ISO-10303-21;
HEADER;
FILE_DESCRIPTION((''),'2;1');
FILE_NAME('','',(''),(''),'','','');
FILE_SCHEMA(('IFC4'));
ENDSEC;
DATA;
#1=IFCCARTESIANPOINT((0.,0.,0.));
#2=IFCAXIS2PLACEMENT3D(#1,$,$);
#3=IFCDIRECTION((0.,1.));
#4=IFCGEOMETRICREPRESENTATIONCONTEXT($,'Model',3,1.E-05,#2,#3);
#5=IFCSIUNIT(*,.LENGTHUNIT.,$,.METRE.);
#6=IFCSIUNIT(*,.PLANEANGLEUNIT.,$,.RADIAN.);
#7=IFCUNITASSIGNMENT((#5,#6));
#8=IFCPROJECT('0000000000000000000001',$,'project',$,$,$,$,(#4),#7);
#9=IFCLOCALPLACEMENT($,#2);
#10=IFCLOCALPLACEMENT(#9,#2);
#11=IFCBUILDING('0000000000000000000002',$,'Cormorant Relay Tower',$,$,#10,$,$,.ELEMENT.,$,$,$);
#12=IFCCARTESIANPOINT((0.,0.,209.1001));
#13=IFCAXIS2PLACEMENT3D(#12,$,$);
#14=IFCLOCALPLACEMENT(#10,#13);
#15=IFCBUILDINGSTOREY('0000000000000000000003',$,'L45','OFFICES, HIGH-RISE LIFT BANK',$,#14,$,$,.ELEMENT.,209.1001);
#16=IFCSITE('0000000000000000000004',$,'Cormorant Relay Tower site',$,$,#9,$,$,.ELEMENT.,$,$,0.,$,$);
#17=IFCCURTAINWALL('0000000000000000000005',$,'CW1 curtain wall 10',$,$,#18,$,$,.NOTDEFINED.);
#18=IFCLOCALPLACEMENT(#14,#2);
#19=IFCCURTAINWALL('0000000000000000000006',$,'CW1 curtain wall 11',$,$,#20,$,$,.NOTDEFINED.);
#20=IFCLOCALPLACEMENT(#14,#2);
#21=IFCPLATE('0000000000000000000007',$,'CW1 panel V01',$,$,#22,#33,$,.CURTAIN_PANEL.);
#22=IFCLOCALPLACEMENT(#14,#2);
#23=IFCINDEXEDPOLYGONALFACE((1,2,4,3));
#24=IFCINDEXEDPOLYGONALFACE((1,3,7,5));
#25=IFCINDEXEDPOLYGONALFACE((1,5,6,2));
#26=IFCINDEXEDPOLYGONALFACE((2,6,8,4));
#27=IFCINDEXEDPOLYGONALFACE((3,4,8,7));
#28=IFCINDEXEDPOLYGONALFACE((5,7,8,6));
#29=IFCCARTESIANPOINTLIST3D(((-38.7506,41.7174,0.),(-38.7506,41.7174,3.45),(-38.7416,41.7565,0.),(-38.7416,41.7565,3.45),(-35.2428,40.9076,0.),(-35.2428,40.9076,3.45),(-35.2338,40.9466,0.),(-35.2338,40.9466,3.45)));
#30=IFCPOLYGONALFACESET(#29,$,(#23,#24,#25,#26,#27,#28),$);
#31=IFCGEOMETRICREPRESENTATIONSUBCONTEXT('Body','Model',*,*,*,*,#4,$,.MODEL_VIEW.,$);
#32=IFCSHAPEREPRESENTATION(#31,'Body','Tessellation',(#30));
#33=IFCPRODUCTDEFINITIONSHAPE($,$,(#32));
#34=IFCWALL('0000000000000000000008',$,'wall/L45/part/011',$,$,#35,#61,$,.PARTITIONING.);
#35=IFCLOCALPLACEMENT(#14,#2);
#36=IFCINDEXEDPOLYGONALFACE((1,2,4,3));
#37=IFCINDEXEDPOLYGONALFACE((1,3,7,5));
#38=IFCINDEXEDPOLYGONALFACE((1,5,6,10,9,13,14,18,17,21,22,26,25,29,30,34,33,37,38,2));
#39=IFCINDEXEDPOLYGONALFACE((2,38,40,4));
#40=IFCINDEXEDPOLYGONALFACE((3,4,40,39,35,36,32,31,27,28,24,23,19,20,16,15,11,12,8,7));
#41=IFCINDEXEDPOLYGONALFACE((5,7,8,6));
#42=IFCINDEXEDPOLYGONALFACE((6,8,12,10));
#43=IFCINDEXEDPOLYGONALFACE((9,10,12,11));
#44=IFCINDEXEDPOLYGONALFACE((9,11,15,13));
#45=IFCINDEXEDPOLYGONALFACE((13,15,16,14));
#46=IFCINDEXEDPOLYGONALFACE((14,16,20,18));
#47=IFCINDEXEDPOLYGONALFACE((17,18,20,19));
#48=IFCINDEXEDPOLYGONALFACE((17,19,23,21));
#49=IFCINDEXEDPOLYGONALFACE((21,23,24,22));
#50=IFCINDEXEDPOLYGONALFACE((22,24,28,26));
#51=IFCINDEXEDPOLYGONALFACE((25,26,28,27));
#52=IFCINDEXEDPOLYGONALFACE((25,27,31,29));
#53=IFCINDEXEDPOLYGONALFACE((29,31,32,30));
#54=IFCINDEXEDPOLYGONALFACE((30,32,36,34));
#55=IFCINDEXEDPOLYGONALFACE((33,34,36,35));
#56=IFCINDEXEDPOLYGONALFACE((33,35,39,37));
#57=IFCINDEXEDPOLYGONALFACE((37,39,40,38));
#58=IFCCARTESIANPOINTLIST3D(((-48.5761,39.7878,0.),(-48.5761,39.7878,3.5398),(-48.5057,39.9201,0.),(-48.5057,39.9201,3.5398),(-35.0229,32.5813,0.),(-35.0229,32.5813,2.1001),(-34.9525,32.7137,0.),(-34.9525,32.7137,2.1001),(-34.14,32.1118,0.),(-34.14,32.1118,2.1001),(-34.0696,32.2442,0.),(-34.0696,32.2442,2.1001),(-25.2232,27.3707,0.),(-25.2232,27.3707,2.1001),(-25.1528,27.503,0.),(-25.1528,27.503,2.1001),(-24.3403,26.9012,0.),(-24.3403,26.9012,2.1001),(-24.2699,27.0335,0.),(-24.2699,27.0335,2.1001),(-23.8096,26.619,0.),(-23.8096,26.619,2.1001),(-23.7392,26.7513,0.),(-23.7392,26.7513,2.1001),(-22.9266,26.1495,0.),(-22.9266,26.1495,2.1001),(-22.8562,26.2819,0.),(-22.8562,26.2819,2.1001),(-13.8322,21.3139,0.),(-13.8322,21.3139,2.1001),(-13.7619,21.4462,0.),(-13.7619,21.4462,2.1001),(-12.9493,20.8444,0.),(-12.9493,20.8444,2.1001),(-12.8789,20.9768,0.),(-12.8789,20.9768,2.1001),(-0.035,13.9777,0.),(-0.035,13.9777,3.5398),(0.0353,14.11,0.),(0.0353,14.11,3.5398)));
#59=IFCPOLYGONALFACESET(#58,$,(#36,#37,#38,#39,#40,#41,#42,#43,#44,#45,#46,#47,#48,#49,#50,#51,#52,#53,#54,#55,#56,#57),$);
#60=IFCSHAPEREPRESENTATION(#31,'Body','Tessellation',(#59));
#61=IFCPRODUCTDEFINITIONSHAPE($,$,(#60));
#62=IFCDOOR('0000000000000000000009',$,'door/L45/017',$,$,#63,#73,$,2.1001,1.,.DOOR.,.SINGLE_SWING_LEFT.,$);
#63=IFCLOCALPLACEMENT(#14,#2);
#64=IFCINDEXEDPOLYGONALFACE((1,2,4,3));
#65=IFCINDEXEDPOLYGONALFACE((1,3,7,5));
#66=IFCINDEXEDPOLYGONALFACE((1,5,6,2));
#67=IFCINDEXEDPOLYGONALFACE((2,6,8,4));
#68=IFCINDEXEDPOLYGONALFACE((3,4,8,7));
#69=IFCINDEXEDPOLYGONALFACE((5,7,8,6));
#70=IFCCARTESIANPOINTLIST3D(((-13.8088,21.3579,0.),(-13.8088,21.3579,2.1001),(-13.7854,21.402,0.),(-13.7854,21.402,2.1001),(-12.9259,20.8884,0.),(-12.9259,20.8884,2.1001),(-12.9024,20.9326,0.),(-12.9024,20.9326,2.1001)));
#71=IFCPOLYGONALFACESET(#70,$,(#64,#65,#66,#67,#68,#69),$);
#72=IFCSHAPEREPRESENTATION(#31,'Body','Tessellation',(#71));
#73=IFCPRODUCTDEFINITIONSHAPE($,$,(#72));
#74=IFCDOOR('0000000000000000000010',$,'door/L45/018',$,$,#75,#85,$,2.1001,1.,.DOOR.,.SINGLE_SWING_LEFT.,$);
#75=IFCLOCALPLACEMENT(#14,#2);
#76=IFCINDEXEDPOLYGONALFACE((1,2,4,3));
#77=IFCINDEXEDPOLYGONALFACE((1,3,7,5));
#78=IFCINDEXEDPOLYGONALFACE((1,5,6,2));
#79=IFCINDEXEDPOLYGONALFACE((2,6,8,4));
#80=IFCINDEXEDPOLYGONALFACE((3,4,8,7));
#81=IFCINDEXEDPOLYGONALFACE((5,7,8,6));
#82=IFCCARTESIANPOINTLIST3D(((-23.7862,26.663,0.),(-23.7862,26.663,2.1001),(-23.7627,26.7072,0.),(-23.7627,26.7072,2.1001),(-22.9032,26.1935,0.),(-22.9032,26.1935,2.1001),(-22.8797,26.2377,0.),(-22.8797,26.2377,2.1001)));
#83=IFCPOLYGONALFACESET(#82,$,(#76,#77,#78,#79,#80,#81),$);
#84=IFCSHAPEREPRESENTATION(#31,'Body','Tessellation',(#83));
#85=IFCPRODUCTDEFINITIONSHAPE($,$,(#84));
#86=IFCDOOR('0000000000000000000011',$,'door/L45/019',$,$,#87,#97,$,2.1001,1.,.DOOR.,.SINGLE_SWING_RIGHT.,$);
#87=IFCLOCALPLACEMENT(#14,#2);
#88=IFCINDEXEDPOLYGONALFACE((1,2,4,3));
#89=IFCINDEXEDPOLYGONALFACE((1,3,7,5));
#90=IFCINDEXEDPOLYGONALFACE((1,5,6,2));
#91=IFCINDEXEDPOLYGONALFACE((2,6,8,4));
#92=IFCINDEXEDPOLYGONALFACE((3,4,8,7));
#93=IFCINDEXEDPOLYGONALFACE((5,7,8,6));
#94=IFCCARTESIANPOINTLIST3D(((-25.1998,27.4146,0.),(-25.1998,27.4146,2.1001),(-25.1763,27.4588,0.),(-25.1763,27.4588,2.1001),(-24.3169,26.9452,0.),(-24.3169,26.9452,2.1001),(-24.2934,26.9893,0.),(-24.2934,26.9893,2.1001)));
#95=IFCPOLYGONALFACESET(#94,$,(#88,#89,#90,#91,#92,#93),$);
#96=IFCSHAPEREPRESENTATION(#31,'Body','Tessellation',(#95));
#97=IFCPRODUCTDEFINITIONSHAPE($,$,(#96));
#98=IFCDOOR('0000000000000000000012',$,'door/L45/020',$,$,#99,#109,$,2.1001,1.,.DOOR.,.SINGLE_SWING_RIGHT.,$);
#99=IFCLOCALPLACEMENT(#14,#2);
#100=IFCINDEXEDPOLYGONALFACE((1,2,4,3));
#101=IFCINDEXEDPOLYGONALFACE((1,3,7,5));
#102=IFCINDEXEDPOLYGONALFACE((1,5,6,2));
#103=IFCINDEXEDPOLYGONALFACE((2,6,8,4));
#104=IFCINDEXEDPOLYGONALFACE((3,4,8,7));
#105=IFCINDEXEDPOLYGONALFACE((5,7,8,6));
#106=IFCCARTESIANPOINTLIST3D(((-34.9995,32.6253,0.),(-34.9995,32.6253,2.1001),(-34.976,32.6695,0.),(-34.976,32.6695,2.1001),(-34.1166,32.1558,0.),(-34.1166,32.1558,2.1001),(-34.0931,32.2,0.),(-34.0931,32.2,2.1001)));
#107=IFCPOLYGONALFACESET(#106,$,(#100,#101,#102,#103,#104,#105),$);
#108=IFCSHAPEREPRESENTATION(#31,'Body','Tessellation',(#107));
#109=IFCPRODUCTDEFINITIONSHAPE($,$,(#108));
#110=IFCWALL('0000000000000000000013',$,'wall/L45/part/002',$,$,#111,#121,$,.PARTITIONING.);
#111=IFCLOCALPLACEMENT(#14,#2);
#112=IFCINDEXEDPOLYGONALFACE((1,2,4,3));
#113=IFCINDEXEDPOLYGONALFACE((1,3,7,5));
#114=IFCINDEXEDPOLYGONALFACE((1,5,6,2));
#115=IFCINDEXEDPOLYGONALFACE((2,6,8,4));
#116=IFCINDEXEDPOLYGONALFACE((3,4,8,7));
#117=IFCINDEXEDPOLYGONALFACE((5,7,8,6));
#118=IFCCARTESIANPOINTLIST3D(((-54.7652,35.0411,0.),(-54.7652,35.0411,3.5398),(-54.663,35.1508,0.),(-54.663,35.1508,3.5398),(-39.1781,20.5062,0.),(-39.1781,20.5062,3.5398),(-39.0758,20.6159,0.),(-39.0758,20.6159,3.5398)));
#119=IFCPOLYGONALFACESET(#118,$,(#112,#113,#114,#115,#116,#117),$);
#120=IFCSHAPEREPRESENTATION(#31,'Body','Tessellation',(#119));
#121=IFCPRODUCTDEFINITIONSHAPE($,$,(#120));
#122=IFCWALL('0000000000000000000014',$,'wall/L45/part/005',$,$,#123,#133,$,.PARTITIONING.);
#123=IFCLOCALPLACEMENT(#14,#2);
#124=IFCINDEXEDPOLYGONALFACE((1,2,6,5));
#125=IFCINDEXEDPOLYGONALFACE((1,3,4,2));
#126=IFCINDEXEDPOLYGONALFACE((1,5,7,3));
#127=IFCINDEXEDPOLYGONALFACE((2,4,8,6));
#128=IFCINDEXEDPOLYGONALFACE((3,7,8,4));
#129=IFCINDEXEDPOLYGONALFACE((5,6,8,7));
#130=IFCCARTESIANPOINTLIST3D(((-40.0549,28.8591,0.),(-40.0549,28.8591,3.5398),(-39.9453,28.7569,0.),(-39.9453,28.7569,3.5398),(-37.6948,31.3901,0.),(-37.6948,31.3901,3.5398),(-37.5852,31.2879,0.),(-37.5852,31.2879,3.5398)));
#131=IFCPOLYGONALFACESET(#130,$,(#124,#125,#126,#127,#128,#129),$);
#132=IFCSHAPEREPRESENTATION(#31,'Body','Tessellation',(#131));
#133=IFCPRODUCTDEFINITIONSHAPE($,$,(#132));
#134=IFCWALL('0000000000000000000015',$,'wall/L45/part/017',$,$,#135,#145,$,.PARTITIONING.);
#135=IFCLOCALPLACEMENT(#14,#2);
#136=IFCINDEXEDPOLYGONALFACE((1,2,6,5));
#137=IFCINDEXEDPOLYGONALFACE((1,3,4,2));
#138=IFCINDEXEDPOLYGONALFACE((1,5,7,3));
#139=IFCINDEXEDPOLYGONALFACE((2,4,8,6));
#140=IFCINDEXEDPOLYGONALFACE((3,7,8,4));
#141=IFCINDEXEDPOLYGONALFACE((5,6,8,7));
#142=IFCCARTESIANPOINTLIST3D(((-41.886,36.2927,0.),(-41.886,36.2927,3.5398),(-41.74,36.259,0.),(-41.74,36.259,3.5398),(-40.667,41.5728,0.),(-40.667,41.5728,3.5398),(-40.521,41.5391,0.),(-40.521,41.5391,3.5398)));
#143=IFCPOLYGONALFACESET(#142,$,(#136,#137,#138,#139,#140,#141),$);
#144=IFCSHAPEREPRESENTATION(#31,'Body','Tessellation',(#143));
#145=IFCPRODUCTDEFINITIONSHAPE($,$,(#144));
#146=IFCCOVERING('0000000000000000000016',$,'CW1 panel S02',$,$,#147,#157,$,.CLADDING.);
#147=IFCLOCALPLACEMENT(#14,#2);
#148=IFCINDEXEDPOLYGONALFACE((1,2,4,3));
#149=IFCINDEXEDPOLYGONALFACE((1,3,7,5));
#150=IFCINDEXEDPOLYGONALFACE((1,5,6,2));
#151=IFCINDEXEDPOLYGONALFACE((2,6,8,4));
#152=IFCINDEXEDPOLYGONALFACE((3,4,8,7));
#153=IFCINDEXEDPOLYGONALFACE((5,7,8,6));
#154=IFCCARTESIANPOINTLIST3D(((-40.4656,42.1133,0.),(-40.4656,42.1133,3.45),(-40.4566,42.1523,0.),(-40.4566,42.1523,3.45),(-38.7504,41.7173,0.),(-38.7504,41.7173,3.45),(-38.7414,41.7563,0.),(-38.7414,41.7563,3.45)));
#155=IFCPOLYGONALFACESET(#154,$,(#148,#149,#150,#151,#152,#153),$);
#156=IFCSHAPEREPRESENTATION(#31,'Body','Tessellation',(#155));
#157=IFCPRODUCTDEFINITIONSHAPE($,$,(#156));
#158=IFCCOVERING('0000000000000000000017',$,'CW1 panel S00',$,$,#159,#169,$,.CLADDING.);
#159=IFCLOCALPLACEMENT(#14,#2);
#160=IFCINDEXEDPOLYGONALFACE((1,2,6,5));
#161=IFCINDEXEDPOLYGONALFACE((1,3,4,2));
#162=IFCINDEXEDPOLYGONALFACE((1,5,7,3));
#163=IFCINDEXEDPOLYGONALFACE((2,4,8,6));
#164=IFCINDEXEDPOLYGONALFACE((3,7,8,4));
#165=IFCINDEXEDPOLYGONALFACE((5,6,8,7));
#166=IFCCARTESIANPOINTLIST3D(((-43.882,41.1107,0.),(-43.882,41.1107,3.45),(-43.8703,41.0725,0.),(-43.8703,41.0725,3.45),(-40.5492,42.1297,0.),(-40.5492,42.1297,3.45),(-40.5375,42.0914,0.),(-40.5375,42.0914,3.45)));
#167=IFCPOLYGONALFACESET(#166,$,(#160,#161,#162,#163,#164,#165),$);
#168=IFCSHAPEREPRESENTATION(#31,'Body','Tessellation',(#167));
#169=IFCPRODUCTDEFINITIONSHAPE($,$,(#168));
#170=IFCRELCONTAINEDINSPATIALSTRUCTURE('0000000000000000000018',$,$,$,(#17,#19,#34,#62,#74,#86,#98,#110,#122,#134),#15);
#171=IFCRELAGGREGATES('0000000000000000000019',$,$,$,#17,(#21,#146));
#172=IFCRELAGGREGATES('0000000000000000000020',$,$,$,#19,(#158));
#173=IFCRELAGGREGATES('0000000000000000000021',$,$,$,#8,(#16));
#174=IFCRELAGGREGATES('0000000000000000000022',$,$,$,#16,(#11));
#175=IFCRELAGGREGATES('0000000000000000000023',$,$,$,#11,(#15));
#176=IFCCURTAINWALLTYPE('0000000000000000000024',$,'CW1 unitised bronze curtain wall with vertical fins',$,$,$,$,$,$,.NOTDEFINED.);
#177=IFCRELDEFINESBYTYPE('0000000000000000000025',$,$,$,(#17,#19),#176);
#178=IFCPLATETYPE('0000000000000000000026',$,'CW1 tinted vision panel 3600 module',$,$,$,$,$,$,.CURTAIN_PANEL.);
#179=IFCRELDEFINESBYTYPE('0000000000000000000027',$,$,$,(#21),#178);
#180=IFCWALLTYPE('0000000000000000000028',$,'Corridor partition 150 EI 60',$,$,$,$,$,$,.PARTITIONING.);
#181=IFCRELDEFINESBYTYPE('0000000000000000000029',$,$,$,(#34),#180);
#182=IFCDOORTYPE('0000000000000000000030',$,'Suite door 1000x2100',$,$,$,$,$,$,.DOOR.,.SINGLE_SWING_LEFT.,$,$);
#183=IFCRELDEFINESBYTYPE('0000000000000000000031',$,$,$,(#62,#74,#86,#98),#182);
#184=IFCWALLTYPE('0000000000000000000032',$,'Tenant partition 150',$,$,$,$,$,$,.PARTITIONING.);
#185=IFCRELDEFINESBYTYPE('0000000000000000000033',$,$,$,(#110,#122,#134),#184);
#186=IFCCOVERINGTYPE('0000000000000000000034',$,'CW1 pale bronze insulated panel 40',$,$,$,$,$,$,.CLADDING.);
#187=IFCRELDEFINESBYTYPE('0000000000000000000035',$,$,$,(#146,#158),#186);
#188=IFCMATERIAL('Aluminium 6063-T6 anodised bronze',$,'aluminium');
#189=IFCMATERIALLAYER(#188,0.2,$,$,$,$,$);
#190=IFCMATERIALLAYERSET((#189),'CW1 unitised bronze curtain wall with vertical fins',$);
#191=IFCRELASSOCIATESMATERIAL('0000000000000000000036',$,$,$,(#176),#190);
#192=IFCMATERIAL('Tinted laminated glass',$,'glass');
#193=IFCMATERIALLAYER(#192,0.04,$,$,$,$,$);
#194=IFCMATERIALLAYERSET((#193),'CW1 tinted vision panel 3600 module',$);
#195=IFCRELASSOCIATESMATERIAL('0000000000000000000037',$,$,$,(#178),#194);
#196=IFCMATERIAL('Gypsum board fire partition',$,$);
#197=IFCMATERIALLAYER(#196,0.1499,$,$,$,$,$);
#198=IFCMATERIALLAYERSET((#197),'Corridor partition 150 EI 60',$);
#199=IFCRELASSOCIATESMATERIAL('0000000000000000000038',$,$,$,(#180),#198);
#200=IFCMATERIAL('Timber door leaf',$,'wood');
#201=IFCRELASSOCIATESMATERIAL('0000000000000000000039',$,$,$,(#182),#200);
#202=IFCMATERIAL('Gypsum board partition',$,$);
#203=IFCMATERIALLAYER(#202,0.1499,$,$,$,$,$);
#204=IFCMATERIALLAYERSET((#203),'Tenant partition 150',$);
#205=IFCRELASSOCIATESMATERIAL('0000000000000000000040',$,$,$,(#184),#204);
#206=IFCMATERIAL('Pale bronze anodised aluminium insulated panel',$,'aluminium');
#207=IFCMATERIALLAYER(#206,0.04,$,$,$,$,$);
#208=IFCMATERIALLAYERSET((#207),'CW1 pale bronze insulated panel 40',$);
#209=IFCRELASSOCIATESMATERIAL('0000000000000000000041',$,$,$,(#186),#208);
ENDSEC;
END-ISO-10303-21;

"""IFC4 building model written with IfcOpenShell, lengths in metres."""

from ifc_helpers import new_model, si_unit, direction, frame, frame_2d, origin, origin_2d, place, context, subcontext, project, spatial, rectangle, extrude, material, layer, layer_set, type_object, element, fill, aggregate, save


model = new_model("IFC4")

# Units and contexts
model_context = context("Model", 3, precision=1e-05, world=origin(), true_north=direction((0.0, 1.0)))
body_context = subcontext(model_context, "Body", "Model", "MODEL_VIEW")
ifc_project = project(units=[si_unit("LENGTHUNIT", "METRE"), si_unit("PLANEANGLEUNIT", "RADIAN")], contexts=[model_context])

# Site, building, storey
site_placement = place(None, origin())
site = spatial("IfcSite", under=ifc_project, at=site_placement, Name="Cormorant Relay Tower site", CompositionType="ELEMENT", RefElevation=0.0)
building_placement = place(site_placement, origin())
building = spatial("IfcBuilding", under=site, at=building_placement, Name="Cormorant Relay Tower", CompositionType="ELEMENT")
storey_placement = place(building_placement, frame((0.0, 0.0, 209.1001)))
storey = spatial("IfcBuildingStorey", under=building, at=storey_placement, Name="L45", Description="OFFICES, HIGH-RISE LIFT BANK", CompositionType="ELEMENT", Elevation=209.1001)

# Curtain wall
ifc_material_1 = material(Name="Aluminium 6063-T6 anodised bronze", Category="aluminium")
ifc_layer_1 = layer(ifc_material_1, 0.2)
ifc_layer_set_1 = layer_set([ifc_layer_1], Name="CW1 unitised bronze curtain wall with vertical fins")
curtain_wall_type = type_object("IfcCurtainWallType", Name="CW1 unitised bronze curtain wall with vertical fins", PredefinedType="NOTDEFINED", material=ifc_layer_set_1)
curtain_wall_1_placement = place(storey_placement, origin())
curtain_wall_1 = element("IfcCurtainWall", 1, at=curtain_wall_1_placement, inside=storey, type_object=curtain_wall_type, Name="CW1 curtain wall 10", PredefinedType="NOTDEFINED")

# Curtain wall
curtain_wall_2_placement = place(storey_placement, origin())
curtain_wall_2 = element("IfcCurtainWall", 2, at=curtain_wall_2_placement, inside=storey, type_object=curtain_wall_type, Name="CW1 curtain wall 11", PredefinedType="NOTDEFINED")

# Plate
ifc_material_2 = material(Name="Tinted laminated glass", Category="glass")
ifc_layer_2 = layer(ifc_material_2, 0.04)
ifc_layer_set_2 = layer_set([ifc_layer_2], Name="CW1 tinted vision panel 3600 module")
plate_type_1 = type_object("IfcPlateType", Name="CW1 tinted vision panel 3600 module", PredefinedType="CURTAIN_PANEL", material=ifc_layer_set_2)
plate_1_placement = place(storey_placement, frame((-36.9922, 41.332, 0.0), z_axis=(0.0, 0.0, 1.0), x_axis=(-0.97437, 0.224951, 0.0)))
plate_1 = element("IfcPlate", 3, at=plate_1_placement, type_object=plate_type_1, Name="CW1 panel V01", PredefinedType="CURTAIN_PANEL", context=body_context, shape_type="SweptSolid", body=[
    extrude(rectangle(XDim=3.6001, YDim=0.04, at=origin_2d()), origin(), (0.0, 0.0, 1.0), 3.45),
])

# Wall, openings, doors
ifc_material_3 = material(Name="Gypsum board fire partition")
ifc_layer_3 = layer(ifc_material_3, 0.1499)
ifc_layer_set_3 = layer_set([ifc_layer_3], Name="Corridor partition 150 EI 60")
wall_type_1 = type_object("IfcWallType", Name="Corridor partition 150 EI 60", PredefinedType="PARTITIONING", material=ifc_layer_set_3)
wall_1_placement = place(storey_placement, frame((-48.541, 39.854, 0.0), z_axis=(0.0, 0.0, 1.0), x_axis=(0.882945, -0.469476, 0.0)))
wall_1 = element("IfcWall", 4, at=wall_1_placement, inside=storey, type_object=wall_type_1, Name="wall/L45/part/011", PredefinedType="PARTITIONING", context=body_context, shape_type="SweptSolid", body=[
    extrude(rectangle(XDim=54.9763, YDim=0.1499, at=frame_2d((27.4883, 0.0))), origin(), (0.0, 0.0, 1.0), 3.5398),
])
opening_1_placement = place(wall_1_placement, frame((39.3501, 0.0, 0.0)))
opening_1 = element("IfcOpeningElement", 5, at=opening_1_placement, cuts=wall_1, PredefinedType="OPENING", context=body_context, shape_type="SweptSolid", body=[
    extrude(rectangle(XDim=1.0, YDim=2.1001, at=frame_2d((0.5, 1.05))), frame((0.0, 0.085, 0.0), z_axis=(0.0, -1.0, 0.0), x_axis=(1.0, 0.0, 0.0)), (0.0, 0.0, 1.0), 0.1699),
])
opening_2_placement = place(wall_1_placement, frame((28.05, 0.0, 0.0)))
opening_2 = element("IfcOpeningElement", 6, at=opening_2_placement, cuts=wall_1, PredefinedType="OPENING", context=body_context, shape_type="SweptSolid", body=[
    extrude(rectangle(XDim=1.0, YDim=2.1001, at=frame_2d((0.5, 1.05))), frame((0.0, 0.085, 0.0), z_axis=(0.0, -1.0, 0.0), x_axis=(1.0, 0.0, 0.0)), (0.0, 0.0, 1.0), 0.1699),
])
opening_3_placement = place(wall_1_placement, frame((26.449, 0.0, 0.0)))
opening_3 = element("IfcOpeningElement", 7, at=opening_3_placement, cuts=wall_1, PredefinedType="OPENING", context=body_context, shape_type="SweptSolid", body=[
    extrude(rectangle(XDim=1.0, YDim=2.1001, at=frame_2d((0.5, 1.05))), frame((0.0, 0.085, 0.0), z_axis=(0.0, -1.0, 0.0), x_axis=(1.0, 0.0, 0.0)), (0.0, 0.0, 1.0), 0.1699),
])
opening_4_placement = place(wall_1_placement, frame((15.3501, 0.0, 0.0)))
opening_4 = element("IfcOpeningElement", 8, at=opening_4_placement, cuts=wall_1, PredefinedType="OPENING", context=body_context, shape_type="SweptSolid", body=[
    extrude(rectangle(XDim=1.0, YDim=2.1001, at=frame_2d((0.5, 1.05))), frame((0.0, 0.085, 0.0), z_axis=(0.0, -1.0, 0.0), x_axis=(1.0, 0.0, 0.0)), (0.0, 0.0, 1.0), 0.1699),
])
ifc_material_4 = material(Name="Timber door leaf", Category="wood")
door_type = type_object("IfcDoorType", Name="Suite door 1000x2100", OperationType="SINGLE_SWING_LEFT", PredefinedType="DOOR", material=ifc_material_4)
door_1_placement = place(opening_1_placement, origin())
door_1 = element("IfcDoor", 9, at=door_1_placement, inside=storey, type_object=door_type, Name="door/L45/017", OperationType="SINGLE_SWING_LEFT", OverallHeight=2.1001, OverallWidth=1.0, PredefinedType="DOOR", context=body_context, shape_type="SweptSolid", body=[
    extrude(rectangle(XDim=1.0, YDim=2.1001, at=frame_2d((0.5, 1.05))), frame((0.0, 0.0249, 0.0), z_axis=(0.0, -1.0, 0.0), x_axis=(1.0, 0.0, 0.0)), (0.0, 0.0, 1.0), 0.05),
])
fill(opening_1, door_1)
door_2_placement = place(opening_2_placement, origin())
door_2 = element("IfcDoor", 10, at=door_2_placement, inside=storey, type_object=door_type, Name="door/L45/018", OperationType="SINGLE_SWING_LEFT", OverallHeight=2.1001, OverallWidth=1.0, PredefinedType="DOOR", context=body_context, shape_type="SweptSolid", body=[
    extrude(rectangle(XDim=1.0, YDim=2.1001, at=frame_2d((0.5, 1.05))), frame((0.0, 0.0249, 0.0), z_axis=(0.0, -1.0, 0.0), x_axis=(1.0, 0.0, 0.0)), (0.0, 0.0, 1.0), 0.05),
])
fill(opening_2, door_2)
door_3_placement = place(opening_3_placement, origin())
door_3 = element("IfcDoor", 11, at=door_3_placement, inside=storey, type_object=door_type, Name="door/L45/019", OperationType="SINGLE_SWING_RIGHT", OverallHeight=2.1001, OverallWidth=1.0, PredefinedType="DOOR", context=body_context, shape_type="SweptSolid", body=[
    extrude(rectangle(XDim=1.0, YDim=2.1001, at=frame_2d((0.5, 1.05))), frame((0.0, 0.0249, 0.0), z_axis=(0.0, -1.0, 0.0), x_axis=(1.0, 0.0, 0.0)), (0.0, 0.0, 1.0), 0.05),
])
fill(opening_3, door_3)
door_4_placement = place(opening_4_placement, origin())
door_4 = element("IfcDoor", 12, at=door_4_placement, inside=storey, type_object=door_type, Name="door/L45/020", OperationType="SINGLE_SWING_RIGHT", OverallHeight=2.1001, OverallWidth=1.0, PredefinedType="DOOR", context=body_context, shape_type="SweptSolid", body=[
    extrude(rectangle(XDim=1.0, YDim=2.1001, at=frame_2d((0.5, 1.05))), frame((0.0, 0.0249, 0.0), z_axis=(0.0, -1.0, 0.0), x_axis=(1.0, 0.0, 0.0)), (0.0, 0.0, 1.0), 0.05),
])
fill(opening_4, door_4)

# Walls
ifc_material_5 = material(Name="Gypsum board partition")
ifc_layer_4 = layer(ifc_material_5, 0.1499)
ifc_layer_set_4 = layer_set([ifc_layer_4], Name="Tenant partition 150")
wall_type_2 = type_object("IfcWallType", Name="Tenant partition 150", PredefinedType="PARTITIONING", material=ifc_layer_set_4)
wall_2_placement = place(storey_placement, frame((-54.7141, 35.0959, 0.0), z_axis=(0.0, 0.0, 1.0), x_axis=(0.731362, -0.68199, 0.0)))
element("IfcWall", 13, at=wall_2_placement, inside=storey, type_object=wall_type_2, Name="wall/L45/part/002", PredefinedType="PARTITIONING", context=body_context, shape_type="SweptSolid", body=[
    extrude(rectangle(XDim=21.3125, YDim=0.1499, at=frame_2d((10.6562, 0.0))), origin(), (0.0, 0.0, 1.0), 3.5398),
])
wall_3_placement = place(storey_placement, frame((-37.6399, 31.3391, 0.0), z_axis=(0.0, 0.0, 1.0), x_axis=(-0.681984, -0.731367, 0.0)))
element("IfcWall", 14, at=wall_3_placement, inside=storey, type_object=wall_type_2, Name="wall/L45/part/005", PredefinedType="PARTITIONING", context=body_context, shape_type="SweptSolid", body=[
    extrude(rectangle(XDim=3.4607, YDim=0.1499, at=frame_2d((1.7305, 0.0))), origin(), (0.0, 0.0, 1.0), 3.5398),
])
wall_4_placement = place(storey_placement, frame((-41.813, 36.2759, 0.0), z_axis=(0.0, 0.0, 1.0), x_axis=(0.224952, 0.97437, 0.0)))
element("IfcWall", 15, at=wall_4_placement, inside=storey, type_object=wall_type_2, Name="wall/L45/part/017", PredefinedType="PARTITIONING", context=body_context, shape_type="SweptSolid", body=[
    extrude(rectangle(XDim=5.4189, YDim=0.1499, at=frame_2d((2.7095, 0.0))), origin(), (0.0, 0.0, 1.0), 3.5398),
])

# Coverings
ifc_material_6 = material(Name="Pale bronze anodised aluminium insulated panel", Category="aluminium")
ifc_layer_5 = layer(ifc_material_6, 0.04)
ifc_layer_set_5 = layer_set([ifc_layer_5], Name="CW1 pale bronze insulated panel 40")
covering_type = type_object("IfcCoveringType", Name="CW1 pale bronze insulated panel 40", PredefinedType="CLADDING", material=ifc_layer_set_5)
covering_1_placement = place(storey_placement, frame((-39.6035, 41.9348, 0.0), z_axis=(0.0, 0.0, 1.0), x_axis=(-0.97437, 0.224951, 0.0)))
covering_1 = element("IfcCovering", 16, at=covering_1_placement, type_object=covering_type, Name="CW1 panel S02", PredefinedType="CLADDING", context=body_context, shape_type="SweptSolid", body=[
    extrude(rectangle(XDim=1.7603, YDim=0.04, at=origin_2d()), origin(), (0.0, 0.0, 1.0), 3.45),
])
aggregate(curtain_wall_1, [plate_1, covering_1])
covering_2_placement = place(storey_placement, frame((-42.2097, 41.6011, 0.0), z_axis=(0.0, 0.0, 1.0), x_axis=(-0.956305, -0.292372, 0.0)))
covering_2 = element("IfcCovering", 17, at=covering_2_placement, type_object=covering_type, Name="CW1 panel S00", PredefinedType="CLADDING", context=body_context, shape_type="SweptSolid", body=[
    extrude(rectangle(XDim=3.4851, YDim=0.04, at=origin_2d()), origin(), (0.0, 0.0, 1.0), 3.45),
])
aggregate(curtain_wall_2, [covering_2])

save(model, "model.ifc")
